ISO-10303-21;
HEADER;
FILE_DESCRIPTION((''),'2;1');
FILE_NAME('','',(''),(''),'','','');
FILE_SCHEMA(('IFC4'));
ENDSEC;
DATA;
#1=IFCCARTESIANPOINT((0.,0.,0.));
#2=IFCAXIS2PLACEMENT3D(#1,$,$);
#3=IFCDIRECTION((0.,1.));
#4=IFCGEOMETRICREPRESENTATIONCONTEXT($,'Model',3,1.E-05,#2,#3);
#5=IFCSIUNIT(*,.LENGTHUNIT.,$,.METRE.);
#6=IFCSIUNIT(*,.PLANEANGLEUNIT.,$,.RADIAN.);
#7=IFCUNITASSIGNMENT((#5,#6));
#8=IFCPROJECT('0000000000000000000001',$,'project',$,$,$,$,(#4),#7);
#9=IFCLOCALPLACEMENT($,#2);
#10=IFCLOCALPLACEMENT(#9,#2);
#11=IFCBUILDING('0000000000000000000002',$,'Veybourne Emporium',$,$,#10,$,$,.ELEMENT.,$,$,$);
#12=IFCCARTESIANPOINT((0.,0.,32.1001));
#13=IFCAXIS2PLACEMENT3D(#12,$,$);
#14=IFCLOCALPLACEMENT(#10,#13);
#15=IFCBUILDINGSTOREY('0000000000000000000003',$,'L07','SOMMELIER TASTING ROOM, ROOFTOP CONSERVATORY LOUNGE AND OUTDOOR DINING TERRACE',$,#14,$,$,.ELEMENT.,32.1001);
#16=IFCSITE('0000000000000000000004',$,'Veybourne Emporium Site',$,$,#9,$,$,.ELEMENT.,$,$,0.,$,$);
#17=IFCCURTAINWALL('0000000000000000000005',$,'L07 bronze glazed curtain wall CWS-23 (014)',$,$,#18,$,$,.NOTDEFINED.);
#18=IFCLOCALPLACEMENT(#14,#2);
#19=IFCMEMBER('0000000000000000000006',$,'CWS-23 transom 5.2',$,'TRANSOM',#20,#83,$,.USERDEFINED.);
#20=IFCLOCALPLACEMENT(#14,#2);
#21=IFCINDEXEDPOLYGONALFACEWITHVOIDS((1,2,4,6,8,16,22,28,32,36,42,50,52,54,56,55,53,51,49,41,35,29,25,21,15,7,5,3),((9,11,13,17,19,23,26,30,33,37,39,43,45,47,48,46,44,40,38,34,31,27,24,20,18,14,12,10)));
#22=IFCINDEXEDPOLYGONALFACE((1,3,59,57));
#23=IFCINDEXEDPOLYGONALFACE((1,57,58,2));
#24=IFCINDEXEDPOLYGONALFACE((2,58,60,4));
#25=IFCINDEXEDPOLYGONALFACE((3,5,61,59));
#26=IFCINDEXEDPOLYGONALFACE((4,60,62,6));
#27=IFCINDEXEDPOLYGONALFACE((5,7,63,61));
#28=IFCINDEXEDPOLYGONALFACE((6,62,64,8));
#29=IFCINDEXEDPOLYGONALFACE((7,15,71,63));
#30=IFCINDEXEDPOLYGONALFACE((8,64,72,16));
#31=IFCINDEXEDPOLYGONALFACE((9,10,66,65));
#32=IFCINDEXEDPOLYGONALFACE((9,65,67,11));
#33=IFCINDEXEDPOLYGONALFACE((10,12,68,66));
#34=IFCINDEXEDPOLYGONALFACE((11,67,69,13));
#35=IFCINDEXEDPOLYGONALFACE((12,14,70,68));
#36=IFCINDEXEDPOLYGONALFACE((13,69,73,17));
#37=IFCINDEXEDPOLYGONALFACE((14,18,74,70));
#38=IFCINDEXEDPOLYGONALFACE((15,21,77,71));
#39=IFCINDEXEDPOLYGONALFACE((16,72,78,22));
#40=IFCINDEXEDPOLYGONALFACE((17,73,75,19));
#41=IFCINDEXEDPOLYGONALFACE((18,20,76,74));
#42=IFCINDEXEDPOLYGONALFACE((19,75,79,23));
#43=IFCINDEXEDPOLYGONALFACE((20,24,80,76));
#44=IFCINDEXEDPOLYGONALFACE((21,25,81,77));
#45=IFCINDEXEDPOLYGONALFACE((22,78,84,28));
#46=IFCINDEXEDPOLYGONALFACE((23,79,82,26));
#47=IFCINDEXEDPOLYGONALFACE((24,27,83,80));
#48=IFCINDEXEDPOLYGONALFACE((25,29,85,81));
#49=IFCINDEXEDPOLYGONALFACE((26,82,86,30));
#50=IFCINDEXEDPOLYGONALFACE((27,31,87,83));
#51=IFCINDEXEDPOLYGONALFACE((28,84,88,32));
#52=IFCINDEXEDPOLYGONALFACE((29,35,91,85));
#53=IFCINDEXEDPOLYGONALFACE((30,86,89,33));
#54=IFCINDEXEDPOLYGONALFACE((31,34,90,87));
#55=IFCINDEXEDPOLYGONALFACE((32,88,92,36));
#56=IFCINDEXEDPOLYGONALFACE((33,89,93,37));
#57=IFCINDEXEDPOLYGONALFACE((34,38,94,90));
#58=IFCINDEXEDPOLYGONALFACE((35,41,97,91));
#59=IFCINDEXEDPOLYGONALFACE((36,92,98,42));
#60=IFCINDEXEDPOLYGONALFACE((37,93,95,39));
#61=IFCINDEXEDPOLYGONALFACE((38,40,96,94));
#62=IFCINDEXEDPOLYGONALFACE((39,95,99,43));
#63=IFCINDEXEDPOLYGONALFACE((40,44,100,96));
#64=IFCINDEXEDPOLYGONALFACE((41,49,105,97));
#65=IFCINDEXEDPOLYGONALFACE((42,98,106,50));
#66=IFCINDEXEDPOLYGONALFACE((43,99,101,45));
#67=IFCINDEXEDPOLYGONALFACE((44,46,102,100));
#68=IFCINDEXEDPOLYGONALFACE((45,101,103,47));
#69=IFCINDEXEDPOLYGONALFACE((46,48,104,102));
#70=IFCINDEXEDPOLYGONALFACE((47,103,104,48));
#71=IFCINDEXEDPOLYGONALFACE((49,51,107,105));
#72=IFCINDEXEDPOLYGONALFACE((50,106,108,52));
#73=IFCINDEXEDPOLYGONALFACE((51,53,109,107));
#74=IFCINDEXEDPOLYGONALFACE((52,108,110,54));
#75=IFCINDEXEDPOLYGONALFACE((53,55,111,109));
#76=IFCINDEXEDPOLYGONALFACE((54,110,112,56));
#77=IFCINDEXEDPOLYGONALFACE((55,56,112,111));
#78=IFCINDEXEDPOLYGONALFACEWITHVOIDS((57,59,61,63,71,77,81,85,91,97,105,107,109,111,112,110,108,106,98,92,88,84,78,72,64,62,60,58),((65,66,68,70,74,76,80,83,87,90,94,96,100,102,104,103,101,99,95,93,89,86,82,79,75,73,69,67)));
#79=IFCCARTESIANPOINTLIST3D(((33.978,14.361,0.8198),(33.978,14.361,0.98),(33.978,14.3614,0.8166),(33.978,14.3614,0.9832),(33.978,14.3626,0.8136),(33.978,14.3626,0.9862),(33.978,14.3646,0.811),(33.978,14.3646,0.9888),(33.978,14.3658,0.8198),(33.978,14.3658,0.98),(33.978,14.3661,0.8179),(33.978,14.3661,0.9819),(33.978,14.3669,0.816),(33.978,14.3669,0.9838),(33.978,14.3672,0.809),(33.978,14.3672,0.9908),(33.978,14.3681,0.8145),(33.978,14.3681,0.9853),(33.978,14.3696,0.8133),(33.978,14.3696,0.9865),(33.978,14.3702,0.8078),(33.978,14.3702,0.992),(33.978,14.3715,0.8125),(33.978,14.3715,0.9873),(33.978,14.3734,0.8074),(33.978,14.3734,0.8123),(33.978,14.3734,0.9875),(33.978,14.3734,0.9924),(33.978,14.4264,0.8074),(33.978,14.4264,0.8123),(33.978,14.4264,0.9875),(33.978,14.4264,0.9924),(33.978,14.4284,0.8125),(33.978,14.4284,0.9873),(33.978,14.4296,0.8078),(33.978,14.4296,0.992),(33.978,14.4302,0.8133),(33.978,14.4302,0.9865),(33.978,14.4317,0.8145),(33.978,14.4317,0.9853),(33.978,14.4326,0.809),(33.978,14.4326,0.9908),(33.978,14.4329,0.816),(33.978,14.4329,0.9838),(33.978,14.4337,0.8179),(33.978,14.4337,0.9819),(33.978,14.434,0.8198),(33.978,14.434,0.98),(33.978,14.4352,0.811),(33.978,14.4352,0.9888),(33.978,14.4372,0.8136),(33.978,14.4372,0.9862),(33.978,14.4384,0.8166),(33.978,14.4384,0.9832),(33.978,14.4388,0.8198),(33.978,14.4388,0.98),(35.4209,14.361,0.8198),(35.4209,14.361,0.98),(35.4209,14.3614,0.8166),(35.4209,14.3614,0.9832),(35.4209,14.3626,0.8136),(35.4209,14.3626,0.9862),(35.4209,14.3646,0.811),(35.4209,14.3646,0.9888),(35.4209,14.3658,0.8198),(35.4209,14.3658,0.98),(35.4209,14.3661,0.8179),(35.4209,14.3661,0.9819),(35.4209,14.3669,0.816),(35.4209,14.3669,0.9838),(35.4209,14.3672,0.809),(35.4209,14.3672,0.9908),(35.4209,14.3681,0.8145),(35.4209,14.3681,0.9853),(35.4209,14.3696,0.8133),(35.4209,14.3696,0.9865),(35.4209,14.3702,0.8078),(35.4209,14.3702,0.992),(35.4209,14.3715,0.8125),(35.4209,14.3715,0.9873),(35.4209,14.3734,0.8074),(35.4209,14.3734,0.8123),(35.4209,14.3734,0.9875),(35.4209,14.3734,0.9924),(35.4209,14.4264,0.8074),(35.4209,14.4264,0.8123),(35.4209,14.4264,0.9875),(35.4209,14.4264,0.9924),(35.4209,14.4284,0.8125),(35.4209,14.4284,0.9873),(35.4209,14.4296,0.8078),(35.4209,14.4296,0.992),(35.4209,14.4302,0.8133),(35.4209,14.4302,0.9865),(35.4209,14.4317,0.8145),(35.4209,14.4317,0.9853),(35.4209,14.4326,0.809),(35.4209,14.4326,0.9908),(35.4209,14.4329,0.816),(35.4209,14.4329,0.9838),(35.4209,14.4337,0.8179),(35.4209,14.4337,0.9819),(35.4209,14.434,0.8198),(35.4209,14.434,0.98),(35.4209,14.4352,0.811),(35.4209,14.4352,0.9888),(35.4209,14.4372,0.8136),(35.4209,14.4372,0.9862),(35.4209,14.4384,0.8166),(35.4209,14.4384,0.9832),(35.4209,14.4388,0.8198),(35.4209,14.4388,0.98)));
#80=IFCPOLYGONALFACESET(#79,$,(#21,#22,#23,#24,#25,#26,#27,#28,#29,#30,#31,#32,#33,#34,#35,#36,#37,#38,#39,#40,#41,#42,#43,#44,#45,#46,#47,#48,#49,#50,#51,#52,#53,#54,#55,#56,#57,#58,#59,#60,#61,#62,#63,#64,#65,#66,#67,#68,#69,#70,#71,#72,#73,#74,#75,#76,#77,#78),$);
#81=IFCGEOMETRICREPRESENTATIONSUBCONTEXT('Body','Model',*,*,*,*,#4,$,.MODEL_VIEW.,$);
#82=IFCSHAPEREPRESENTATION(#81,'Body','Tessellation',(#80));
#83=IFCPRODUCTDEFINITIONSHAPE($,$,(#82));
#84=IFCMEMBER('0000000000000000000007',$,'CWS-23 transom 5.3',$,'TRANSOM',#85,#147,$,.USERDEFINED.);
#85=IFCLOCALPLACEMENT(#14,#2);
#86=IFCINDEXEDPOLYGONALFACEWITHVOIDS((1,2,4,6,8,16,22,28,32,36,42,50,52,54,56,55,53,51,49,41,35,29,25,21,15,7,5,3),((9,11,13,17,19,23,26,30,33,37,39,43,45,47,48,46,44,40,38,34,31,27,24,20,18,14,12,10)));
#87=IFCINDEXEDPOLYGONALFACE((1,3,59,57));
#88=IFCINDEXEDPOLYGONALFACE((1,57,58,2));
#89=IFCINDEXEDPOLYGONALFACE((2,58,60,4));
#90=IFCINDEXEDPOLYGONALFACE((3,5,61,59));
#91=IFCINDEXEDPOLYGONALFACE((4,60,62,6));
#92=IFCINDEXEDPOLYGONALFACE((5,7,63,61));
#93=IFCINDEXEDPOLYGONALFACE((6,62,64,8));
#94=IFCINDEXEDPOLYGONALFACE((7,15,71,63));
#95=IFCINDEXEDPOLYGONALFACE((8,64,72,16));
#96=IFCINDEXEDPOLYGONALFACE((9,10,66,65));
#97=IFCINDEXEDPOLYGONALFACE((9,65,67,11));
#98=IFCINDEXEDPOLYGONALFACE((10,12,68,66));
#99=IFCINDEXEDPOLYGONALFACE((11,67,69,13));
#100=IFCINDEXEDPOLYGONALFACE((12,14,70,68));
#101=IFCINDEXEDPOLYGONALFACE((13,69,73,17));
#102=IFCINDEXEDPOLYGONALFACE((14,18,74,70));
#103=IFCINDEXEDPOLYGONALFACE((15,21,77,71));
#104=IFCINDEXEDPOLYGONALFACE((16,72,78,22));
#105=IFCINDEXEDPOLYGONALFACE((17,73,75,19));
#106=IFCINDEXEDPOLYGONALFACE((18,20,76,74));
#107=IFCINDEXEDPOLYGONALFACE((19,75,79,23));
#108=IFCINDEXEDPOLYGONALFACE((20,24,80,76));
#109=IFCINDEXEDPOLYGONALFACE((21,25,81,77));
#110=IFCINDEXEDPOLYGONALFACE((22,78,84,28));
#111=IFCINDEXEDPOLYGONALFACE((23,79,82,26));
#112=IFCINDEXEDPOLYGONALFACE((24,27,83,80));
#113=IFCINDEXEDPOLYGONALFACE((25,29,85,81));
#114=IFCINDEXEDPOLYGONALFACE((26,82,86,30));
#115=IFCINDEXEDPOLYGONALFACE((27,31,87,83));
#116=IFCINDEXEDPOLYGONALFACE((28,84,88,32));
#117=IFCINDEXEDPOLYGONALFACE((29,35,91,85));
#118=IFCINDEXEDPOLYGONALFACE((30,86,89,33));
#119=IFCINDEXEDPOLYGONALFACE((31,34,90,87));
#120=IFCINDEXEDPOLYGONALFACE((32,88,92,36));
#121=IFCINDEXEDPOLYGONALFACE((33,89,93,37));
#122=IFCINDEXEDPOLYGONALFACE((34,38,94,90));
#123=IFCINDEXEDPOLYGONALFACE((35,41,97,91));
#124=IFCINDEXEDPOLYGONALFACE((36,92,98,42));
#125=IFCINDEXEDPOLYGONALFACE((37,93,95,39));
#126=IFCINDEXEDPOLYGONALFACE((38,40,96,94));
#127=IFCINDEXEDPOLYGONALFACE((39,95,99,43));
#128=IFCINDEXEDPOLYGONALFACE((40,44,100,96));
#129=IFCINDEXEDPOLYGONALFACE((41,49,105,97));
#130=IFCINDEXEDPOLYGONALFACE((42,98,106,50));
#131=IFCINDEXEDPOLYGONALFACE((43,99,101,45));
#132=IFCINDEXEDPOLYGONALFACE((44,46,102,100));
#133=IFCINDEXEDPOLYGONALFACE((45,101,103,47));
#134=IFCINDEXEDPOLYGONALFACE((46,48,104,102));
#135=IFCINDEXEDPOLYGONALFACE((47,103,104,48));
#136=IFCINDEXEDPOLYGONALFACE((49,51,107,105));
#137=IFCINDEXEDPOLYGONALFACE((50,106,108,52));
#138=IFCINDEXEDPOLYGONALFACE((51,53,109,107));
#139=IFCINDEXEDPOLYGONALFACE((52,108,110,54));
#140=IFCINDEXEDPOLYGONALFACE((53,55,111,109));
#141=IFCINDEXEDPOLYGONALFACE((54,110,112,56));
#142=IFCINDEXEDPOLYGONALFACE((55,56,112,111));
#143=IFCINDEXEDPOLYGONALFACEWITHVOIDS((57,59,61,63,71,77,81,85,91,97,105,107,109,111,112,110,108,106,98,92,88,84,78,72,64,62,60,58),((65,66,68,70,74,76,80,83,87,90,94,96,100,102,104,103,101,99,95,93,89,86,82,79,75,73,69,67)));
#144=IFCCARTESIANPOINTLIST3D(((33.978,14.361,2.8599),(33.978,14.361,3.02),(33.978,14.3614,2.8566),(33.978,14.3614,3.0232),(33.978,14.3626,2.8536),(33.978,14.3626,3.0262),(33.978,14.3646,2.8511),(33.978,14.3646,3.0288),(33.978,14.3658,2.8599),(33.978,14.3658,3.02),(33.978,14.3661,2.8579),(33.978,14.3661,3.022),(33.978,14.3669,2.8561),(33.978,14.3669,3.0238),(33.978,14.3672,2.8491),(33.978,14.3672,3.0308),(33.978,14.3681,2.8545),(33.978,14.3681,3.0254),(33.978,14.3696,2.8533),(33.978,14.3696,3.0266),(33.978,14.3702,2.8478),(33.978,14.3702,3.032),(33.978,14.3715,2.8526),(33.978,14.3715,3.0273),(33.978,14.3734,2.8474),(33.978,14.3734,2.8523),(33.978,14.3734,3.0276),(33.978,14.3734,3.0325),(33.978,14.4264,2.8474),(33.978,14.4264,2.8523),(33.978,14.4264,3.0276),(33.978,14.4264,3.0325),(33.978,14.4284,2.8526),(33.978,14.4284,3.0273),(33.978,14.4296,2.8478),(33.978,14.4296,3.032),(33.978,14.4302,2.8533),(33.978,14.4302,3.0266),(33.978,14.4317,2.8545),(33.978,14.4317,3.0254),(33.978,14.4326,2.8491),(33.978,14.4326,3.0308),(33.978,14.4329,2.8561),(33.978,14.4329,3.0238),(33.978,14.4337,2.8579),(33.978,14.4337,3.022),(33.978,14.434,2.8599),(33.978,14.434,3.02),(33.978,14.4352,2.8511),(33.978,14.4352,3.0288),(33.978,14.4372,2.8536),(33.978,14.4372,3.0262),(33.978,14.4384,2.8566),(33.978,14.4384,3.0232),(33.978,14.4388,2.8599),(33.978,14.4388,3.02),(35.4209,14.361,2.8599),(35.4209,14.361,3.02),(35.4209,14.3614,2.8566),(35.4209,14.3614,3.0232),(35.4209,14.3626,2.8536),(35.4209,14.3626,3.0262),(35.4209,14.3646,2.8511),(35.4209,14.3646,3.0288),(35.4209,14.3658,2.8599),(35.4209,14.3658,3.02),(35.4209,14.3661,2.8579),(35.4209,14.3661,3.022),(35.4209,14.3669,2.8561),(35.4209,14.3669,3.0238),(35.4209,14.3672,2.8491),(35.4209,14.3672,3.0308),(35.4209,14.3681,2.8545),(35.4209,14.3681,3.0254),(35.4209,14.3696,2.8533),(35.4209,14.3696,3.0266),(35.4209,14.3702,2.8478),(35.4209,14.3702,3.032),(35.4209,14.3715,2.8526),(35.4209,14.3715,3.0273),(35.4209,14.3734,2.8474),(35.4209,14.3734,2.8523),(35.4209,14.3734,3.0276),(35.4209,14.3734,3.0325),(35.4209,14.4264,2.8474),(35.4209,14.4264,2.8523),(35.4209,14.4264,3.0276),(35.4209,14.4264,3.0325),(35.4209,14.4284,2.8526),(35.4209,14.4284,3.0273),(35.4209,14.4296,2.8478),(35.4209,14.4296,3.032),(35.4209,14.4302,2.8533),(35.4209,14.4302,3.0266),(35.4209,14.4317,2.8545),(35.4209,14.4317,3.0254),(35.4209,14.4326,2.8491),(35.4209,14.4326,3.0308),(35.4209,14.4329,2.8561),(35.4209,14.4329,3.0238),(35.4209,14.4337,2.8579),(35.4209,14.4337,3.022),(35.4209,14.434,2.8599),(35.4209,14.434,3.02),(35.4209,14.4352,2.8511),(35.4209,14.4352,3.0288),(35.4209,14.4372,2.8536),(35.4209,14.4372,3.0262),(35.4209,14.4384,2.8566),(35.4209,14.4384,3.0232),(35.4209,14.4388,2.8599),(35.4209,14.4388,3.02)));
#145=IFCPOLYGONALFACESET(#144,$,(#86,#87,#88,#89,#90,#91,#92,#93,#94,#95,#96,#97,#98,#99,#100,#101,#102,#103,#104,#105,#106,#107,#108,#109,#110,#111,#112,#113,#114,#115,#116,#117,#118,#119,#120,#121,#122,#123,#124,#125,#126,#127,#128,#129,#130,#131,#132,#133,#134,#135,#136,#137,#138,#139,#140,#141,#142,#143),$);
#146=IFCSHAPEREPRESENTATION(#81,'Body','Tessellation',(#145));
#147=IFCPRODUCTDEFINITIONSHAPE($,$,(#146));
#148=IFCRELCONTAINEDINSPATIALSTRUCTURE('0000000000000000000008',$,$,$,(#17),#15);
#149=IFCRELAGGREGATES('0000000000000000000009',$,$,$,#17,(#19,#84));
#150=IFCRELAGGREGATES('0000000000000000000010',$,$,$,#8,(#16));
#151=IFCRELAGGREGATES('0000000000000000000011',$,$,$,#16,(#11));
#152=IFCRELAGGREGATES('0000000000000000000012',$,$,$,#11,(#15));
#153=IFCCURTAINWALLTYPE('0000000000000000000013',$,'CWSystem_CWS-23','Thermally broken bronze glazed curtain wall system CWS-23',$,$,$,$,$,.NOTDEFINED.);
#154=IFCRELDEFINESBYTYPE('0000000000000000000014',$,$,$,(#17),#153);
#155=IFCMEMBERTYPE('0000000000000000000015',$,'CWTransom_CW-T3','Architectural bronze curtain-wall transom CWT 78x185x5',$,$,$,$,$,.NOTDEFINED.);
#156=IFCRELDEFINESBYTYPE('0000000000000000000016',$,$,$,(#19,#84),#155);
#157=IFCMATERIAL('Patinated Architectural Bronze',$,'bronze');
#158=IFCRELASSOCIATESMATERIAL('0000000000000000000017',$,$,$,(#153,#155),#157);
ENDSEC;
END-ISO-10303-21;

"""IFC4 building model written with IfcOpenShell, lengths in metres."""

from ifc_helpers import new_model, si_unit, direction, frame, origin, origin_2d, place, context, subcontext, project, spatial, hollow_rectangle, extrude, material, material_profile, profile_set, type_object, element, aggregate, save


model = new_model("IFC4")

# Units and contexts
model_context = context("Model", 3, precision=1e-05, world=origin(), true_north=direction((0.0, 1.0)))
body_context = subcontext(model_context, "Body", "Model", "MODEL_VIEW")
ifc_project = project(units=[si_unit("LENGTHUNIT", "METRE"), si_unit("PLANEANGLEUNIT", "RADIAN")], contexts=[model_context])

# Site, building, storey
site_placement = place(None, origin())
site = spatial("IfcSite", under=ifc_project, at=site_placement, Name="Veybourne Emporium Site", CompositionType="ELEMENT", RefElevation=0.0)
building_placement = place(site_placement, origin())
building = spatial("IfcBuilding", under=site, at=building_placement, Name="Veybourne Emporium", CompositionType="ELEMENT")
storey_placement = place(building_placement, frame((0.0, 0.0, 32.1001)))
storey = spatial("IfcBuildingStorey", under=building, at=storey_placement, Name="L07", Description="SOMMELIER TASTING ROOM, ROOFTOP CONSERVATORY LOUNGE AND OUTDOOR DINING TERRACE", CompositionType="ELEMENT", Elevation=32.1001)

# Curtain wall, members
ifc_material_1 = material(Name="Patinated Architectural Bronze", Category="bronze")
curtain_wall_type = type_object("IfcCurtainWallType", Name="CWSystem_CWS-23", Description="Thermally broken bronze glazed curtain wall system CWS-23", PredefinedType="NOTDEFINED", material=ifc_material_1)
curtain_wall_placement = place(storey_placement, origin())
curtain_wall = element("IfcCurtainWall", 1, at=curtain_wall_placement, inside=storey, type_object=curtain_wall_type, Name="L07 bronze glazed curtain wall CWS-23 (014)", PredefinedType="NOTDEFINED")
ifc_material_profile_1 = material_profile(ifc_material_1, hollow_rectangle(XDim=0.0779, YDim=0.1851, WallThickness=0.0049, InnerFilletRadius=0.0076, OuterFilletRadius=0.0125, at=origin_2d()), Name="CWT 78x185x5")
ifc_profile_set_1 = profile_set([ifc_material_profile_1], Name="Patinated Architectural Bronze")
member_type_1 = type_object("IfcMemberType", Name="CWTransom_CW-T3", Description="Architectural bronze curtain-wall transom CWT 78x185x5", PredefinedType="NOTDEFINED", material=ifc_profile_set_1)
member_1_placement = place(storey_placement, frame((35.4209, 14.3999, 0.8999), z_axis=(-1.0, 0.0, 0.0), x_axis=(0.0, -1.0, 0.0)))
member_1 = element("IfcMember", 2, at=member_1_placement, type_object=member_type_1, Name="CWS-23 transom 5.2", ObjectType="TRANSOM", PredefinedType="USERDEFINED", context=body_context, shape_type="SweptSolid", body=[
    extrude(hollow_rectangle(XDim=0.0779, YDim=0.1851, WallThickness=0.0049, InnerFilletRadius=0.0076, OuterFilletRadius=0.0125, at=origin_2d()), origin(), (0.0, 0.0, 1.0), 1.4429),
])
member_2_placement = place(storey_placement, frame((35.4209, 14.3999, 2.9399), z_axis=(-1.0, 0.0, 0.0), x_axis=(0.0, -1.0, 0.0)))
member_2 = element("IfcMember", 3, at=member_2_placement, type_object=member_type_1, Name="CWS-23 transom 5.3", ObjectType="TRANSOM", PredefinedType="USERDEFINED", context=body_context, shape_type="SweptSolid", body=[
    extrude(hollow_rectangle(XDim=0.0779, YDim=0.1851, WallThickness=0.0049, InnerFilletRadius=0.0076, OuterFilletRadius=0.0125, at=origin_2d()), origin(), (0.0, 0.0, 1.0), 1.4429),
])

aggregate(curtain_wall, [member_1, member_2])

save(model, "model.ifc")
